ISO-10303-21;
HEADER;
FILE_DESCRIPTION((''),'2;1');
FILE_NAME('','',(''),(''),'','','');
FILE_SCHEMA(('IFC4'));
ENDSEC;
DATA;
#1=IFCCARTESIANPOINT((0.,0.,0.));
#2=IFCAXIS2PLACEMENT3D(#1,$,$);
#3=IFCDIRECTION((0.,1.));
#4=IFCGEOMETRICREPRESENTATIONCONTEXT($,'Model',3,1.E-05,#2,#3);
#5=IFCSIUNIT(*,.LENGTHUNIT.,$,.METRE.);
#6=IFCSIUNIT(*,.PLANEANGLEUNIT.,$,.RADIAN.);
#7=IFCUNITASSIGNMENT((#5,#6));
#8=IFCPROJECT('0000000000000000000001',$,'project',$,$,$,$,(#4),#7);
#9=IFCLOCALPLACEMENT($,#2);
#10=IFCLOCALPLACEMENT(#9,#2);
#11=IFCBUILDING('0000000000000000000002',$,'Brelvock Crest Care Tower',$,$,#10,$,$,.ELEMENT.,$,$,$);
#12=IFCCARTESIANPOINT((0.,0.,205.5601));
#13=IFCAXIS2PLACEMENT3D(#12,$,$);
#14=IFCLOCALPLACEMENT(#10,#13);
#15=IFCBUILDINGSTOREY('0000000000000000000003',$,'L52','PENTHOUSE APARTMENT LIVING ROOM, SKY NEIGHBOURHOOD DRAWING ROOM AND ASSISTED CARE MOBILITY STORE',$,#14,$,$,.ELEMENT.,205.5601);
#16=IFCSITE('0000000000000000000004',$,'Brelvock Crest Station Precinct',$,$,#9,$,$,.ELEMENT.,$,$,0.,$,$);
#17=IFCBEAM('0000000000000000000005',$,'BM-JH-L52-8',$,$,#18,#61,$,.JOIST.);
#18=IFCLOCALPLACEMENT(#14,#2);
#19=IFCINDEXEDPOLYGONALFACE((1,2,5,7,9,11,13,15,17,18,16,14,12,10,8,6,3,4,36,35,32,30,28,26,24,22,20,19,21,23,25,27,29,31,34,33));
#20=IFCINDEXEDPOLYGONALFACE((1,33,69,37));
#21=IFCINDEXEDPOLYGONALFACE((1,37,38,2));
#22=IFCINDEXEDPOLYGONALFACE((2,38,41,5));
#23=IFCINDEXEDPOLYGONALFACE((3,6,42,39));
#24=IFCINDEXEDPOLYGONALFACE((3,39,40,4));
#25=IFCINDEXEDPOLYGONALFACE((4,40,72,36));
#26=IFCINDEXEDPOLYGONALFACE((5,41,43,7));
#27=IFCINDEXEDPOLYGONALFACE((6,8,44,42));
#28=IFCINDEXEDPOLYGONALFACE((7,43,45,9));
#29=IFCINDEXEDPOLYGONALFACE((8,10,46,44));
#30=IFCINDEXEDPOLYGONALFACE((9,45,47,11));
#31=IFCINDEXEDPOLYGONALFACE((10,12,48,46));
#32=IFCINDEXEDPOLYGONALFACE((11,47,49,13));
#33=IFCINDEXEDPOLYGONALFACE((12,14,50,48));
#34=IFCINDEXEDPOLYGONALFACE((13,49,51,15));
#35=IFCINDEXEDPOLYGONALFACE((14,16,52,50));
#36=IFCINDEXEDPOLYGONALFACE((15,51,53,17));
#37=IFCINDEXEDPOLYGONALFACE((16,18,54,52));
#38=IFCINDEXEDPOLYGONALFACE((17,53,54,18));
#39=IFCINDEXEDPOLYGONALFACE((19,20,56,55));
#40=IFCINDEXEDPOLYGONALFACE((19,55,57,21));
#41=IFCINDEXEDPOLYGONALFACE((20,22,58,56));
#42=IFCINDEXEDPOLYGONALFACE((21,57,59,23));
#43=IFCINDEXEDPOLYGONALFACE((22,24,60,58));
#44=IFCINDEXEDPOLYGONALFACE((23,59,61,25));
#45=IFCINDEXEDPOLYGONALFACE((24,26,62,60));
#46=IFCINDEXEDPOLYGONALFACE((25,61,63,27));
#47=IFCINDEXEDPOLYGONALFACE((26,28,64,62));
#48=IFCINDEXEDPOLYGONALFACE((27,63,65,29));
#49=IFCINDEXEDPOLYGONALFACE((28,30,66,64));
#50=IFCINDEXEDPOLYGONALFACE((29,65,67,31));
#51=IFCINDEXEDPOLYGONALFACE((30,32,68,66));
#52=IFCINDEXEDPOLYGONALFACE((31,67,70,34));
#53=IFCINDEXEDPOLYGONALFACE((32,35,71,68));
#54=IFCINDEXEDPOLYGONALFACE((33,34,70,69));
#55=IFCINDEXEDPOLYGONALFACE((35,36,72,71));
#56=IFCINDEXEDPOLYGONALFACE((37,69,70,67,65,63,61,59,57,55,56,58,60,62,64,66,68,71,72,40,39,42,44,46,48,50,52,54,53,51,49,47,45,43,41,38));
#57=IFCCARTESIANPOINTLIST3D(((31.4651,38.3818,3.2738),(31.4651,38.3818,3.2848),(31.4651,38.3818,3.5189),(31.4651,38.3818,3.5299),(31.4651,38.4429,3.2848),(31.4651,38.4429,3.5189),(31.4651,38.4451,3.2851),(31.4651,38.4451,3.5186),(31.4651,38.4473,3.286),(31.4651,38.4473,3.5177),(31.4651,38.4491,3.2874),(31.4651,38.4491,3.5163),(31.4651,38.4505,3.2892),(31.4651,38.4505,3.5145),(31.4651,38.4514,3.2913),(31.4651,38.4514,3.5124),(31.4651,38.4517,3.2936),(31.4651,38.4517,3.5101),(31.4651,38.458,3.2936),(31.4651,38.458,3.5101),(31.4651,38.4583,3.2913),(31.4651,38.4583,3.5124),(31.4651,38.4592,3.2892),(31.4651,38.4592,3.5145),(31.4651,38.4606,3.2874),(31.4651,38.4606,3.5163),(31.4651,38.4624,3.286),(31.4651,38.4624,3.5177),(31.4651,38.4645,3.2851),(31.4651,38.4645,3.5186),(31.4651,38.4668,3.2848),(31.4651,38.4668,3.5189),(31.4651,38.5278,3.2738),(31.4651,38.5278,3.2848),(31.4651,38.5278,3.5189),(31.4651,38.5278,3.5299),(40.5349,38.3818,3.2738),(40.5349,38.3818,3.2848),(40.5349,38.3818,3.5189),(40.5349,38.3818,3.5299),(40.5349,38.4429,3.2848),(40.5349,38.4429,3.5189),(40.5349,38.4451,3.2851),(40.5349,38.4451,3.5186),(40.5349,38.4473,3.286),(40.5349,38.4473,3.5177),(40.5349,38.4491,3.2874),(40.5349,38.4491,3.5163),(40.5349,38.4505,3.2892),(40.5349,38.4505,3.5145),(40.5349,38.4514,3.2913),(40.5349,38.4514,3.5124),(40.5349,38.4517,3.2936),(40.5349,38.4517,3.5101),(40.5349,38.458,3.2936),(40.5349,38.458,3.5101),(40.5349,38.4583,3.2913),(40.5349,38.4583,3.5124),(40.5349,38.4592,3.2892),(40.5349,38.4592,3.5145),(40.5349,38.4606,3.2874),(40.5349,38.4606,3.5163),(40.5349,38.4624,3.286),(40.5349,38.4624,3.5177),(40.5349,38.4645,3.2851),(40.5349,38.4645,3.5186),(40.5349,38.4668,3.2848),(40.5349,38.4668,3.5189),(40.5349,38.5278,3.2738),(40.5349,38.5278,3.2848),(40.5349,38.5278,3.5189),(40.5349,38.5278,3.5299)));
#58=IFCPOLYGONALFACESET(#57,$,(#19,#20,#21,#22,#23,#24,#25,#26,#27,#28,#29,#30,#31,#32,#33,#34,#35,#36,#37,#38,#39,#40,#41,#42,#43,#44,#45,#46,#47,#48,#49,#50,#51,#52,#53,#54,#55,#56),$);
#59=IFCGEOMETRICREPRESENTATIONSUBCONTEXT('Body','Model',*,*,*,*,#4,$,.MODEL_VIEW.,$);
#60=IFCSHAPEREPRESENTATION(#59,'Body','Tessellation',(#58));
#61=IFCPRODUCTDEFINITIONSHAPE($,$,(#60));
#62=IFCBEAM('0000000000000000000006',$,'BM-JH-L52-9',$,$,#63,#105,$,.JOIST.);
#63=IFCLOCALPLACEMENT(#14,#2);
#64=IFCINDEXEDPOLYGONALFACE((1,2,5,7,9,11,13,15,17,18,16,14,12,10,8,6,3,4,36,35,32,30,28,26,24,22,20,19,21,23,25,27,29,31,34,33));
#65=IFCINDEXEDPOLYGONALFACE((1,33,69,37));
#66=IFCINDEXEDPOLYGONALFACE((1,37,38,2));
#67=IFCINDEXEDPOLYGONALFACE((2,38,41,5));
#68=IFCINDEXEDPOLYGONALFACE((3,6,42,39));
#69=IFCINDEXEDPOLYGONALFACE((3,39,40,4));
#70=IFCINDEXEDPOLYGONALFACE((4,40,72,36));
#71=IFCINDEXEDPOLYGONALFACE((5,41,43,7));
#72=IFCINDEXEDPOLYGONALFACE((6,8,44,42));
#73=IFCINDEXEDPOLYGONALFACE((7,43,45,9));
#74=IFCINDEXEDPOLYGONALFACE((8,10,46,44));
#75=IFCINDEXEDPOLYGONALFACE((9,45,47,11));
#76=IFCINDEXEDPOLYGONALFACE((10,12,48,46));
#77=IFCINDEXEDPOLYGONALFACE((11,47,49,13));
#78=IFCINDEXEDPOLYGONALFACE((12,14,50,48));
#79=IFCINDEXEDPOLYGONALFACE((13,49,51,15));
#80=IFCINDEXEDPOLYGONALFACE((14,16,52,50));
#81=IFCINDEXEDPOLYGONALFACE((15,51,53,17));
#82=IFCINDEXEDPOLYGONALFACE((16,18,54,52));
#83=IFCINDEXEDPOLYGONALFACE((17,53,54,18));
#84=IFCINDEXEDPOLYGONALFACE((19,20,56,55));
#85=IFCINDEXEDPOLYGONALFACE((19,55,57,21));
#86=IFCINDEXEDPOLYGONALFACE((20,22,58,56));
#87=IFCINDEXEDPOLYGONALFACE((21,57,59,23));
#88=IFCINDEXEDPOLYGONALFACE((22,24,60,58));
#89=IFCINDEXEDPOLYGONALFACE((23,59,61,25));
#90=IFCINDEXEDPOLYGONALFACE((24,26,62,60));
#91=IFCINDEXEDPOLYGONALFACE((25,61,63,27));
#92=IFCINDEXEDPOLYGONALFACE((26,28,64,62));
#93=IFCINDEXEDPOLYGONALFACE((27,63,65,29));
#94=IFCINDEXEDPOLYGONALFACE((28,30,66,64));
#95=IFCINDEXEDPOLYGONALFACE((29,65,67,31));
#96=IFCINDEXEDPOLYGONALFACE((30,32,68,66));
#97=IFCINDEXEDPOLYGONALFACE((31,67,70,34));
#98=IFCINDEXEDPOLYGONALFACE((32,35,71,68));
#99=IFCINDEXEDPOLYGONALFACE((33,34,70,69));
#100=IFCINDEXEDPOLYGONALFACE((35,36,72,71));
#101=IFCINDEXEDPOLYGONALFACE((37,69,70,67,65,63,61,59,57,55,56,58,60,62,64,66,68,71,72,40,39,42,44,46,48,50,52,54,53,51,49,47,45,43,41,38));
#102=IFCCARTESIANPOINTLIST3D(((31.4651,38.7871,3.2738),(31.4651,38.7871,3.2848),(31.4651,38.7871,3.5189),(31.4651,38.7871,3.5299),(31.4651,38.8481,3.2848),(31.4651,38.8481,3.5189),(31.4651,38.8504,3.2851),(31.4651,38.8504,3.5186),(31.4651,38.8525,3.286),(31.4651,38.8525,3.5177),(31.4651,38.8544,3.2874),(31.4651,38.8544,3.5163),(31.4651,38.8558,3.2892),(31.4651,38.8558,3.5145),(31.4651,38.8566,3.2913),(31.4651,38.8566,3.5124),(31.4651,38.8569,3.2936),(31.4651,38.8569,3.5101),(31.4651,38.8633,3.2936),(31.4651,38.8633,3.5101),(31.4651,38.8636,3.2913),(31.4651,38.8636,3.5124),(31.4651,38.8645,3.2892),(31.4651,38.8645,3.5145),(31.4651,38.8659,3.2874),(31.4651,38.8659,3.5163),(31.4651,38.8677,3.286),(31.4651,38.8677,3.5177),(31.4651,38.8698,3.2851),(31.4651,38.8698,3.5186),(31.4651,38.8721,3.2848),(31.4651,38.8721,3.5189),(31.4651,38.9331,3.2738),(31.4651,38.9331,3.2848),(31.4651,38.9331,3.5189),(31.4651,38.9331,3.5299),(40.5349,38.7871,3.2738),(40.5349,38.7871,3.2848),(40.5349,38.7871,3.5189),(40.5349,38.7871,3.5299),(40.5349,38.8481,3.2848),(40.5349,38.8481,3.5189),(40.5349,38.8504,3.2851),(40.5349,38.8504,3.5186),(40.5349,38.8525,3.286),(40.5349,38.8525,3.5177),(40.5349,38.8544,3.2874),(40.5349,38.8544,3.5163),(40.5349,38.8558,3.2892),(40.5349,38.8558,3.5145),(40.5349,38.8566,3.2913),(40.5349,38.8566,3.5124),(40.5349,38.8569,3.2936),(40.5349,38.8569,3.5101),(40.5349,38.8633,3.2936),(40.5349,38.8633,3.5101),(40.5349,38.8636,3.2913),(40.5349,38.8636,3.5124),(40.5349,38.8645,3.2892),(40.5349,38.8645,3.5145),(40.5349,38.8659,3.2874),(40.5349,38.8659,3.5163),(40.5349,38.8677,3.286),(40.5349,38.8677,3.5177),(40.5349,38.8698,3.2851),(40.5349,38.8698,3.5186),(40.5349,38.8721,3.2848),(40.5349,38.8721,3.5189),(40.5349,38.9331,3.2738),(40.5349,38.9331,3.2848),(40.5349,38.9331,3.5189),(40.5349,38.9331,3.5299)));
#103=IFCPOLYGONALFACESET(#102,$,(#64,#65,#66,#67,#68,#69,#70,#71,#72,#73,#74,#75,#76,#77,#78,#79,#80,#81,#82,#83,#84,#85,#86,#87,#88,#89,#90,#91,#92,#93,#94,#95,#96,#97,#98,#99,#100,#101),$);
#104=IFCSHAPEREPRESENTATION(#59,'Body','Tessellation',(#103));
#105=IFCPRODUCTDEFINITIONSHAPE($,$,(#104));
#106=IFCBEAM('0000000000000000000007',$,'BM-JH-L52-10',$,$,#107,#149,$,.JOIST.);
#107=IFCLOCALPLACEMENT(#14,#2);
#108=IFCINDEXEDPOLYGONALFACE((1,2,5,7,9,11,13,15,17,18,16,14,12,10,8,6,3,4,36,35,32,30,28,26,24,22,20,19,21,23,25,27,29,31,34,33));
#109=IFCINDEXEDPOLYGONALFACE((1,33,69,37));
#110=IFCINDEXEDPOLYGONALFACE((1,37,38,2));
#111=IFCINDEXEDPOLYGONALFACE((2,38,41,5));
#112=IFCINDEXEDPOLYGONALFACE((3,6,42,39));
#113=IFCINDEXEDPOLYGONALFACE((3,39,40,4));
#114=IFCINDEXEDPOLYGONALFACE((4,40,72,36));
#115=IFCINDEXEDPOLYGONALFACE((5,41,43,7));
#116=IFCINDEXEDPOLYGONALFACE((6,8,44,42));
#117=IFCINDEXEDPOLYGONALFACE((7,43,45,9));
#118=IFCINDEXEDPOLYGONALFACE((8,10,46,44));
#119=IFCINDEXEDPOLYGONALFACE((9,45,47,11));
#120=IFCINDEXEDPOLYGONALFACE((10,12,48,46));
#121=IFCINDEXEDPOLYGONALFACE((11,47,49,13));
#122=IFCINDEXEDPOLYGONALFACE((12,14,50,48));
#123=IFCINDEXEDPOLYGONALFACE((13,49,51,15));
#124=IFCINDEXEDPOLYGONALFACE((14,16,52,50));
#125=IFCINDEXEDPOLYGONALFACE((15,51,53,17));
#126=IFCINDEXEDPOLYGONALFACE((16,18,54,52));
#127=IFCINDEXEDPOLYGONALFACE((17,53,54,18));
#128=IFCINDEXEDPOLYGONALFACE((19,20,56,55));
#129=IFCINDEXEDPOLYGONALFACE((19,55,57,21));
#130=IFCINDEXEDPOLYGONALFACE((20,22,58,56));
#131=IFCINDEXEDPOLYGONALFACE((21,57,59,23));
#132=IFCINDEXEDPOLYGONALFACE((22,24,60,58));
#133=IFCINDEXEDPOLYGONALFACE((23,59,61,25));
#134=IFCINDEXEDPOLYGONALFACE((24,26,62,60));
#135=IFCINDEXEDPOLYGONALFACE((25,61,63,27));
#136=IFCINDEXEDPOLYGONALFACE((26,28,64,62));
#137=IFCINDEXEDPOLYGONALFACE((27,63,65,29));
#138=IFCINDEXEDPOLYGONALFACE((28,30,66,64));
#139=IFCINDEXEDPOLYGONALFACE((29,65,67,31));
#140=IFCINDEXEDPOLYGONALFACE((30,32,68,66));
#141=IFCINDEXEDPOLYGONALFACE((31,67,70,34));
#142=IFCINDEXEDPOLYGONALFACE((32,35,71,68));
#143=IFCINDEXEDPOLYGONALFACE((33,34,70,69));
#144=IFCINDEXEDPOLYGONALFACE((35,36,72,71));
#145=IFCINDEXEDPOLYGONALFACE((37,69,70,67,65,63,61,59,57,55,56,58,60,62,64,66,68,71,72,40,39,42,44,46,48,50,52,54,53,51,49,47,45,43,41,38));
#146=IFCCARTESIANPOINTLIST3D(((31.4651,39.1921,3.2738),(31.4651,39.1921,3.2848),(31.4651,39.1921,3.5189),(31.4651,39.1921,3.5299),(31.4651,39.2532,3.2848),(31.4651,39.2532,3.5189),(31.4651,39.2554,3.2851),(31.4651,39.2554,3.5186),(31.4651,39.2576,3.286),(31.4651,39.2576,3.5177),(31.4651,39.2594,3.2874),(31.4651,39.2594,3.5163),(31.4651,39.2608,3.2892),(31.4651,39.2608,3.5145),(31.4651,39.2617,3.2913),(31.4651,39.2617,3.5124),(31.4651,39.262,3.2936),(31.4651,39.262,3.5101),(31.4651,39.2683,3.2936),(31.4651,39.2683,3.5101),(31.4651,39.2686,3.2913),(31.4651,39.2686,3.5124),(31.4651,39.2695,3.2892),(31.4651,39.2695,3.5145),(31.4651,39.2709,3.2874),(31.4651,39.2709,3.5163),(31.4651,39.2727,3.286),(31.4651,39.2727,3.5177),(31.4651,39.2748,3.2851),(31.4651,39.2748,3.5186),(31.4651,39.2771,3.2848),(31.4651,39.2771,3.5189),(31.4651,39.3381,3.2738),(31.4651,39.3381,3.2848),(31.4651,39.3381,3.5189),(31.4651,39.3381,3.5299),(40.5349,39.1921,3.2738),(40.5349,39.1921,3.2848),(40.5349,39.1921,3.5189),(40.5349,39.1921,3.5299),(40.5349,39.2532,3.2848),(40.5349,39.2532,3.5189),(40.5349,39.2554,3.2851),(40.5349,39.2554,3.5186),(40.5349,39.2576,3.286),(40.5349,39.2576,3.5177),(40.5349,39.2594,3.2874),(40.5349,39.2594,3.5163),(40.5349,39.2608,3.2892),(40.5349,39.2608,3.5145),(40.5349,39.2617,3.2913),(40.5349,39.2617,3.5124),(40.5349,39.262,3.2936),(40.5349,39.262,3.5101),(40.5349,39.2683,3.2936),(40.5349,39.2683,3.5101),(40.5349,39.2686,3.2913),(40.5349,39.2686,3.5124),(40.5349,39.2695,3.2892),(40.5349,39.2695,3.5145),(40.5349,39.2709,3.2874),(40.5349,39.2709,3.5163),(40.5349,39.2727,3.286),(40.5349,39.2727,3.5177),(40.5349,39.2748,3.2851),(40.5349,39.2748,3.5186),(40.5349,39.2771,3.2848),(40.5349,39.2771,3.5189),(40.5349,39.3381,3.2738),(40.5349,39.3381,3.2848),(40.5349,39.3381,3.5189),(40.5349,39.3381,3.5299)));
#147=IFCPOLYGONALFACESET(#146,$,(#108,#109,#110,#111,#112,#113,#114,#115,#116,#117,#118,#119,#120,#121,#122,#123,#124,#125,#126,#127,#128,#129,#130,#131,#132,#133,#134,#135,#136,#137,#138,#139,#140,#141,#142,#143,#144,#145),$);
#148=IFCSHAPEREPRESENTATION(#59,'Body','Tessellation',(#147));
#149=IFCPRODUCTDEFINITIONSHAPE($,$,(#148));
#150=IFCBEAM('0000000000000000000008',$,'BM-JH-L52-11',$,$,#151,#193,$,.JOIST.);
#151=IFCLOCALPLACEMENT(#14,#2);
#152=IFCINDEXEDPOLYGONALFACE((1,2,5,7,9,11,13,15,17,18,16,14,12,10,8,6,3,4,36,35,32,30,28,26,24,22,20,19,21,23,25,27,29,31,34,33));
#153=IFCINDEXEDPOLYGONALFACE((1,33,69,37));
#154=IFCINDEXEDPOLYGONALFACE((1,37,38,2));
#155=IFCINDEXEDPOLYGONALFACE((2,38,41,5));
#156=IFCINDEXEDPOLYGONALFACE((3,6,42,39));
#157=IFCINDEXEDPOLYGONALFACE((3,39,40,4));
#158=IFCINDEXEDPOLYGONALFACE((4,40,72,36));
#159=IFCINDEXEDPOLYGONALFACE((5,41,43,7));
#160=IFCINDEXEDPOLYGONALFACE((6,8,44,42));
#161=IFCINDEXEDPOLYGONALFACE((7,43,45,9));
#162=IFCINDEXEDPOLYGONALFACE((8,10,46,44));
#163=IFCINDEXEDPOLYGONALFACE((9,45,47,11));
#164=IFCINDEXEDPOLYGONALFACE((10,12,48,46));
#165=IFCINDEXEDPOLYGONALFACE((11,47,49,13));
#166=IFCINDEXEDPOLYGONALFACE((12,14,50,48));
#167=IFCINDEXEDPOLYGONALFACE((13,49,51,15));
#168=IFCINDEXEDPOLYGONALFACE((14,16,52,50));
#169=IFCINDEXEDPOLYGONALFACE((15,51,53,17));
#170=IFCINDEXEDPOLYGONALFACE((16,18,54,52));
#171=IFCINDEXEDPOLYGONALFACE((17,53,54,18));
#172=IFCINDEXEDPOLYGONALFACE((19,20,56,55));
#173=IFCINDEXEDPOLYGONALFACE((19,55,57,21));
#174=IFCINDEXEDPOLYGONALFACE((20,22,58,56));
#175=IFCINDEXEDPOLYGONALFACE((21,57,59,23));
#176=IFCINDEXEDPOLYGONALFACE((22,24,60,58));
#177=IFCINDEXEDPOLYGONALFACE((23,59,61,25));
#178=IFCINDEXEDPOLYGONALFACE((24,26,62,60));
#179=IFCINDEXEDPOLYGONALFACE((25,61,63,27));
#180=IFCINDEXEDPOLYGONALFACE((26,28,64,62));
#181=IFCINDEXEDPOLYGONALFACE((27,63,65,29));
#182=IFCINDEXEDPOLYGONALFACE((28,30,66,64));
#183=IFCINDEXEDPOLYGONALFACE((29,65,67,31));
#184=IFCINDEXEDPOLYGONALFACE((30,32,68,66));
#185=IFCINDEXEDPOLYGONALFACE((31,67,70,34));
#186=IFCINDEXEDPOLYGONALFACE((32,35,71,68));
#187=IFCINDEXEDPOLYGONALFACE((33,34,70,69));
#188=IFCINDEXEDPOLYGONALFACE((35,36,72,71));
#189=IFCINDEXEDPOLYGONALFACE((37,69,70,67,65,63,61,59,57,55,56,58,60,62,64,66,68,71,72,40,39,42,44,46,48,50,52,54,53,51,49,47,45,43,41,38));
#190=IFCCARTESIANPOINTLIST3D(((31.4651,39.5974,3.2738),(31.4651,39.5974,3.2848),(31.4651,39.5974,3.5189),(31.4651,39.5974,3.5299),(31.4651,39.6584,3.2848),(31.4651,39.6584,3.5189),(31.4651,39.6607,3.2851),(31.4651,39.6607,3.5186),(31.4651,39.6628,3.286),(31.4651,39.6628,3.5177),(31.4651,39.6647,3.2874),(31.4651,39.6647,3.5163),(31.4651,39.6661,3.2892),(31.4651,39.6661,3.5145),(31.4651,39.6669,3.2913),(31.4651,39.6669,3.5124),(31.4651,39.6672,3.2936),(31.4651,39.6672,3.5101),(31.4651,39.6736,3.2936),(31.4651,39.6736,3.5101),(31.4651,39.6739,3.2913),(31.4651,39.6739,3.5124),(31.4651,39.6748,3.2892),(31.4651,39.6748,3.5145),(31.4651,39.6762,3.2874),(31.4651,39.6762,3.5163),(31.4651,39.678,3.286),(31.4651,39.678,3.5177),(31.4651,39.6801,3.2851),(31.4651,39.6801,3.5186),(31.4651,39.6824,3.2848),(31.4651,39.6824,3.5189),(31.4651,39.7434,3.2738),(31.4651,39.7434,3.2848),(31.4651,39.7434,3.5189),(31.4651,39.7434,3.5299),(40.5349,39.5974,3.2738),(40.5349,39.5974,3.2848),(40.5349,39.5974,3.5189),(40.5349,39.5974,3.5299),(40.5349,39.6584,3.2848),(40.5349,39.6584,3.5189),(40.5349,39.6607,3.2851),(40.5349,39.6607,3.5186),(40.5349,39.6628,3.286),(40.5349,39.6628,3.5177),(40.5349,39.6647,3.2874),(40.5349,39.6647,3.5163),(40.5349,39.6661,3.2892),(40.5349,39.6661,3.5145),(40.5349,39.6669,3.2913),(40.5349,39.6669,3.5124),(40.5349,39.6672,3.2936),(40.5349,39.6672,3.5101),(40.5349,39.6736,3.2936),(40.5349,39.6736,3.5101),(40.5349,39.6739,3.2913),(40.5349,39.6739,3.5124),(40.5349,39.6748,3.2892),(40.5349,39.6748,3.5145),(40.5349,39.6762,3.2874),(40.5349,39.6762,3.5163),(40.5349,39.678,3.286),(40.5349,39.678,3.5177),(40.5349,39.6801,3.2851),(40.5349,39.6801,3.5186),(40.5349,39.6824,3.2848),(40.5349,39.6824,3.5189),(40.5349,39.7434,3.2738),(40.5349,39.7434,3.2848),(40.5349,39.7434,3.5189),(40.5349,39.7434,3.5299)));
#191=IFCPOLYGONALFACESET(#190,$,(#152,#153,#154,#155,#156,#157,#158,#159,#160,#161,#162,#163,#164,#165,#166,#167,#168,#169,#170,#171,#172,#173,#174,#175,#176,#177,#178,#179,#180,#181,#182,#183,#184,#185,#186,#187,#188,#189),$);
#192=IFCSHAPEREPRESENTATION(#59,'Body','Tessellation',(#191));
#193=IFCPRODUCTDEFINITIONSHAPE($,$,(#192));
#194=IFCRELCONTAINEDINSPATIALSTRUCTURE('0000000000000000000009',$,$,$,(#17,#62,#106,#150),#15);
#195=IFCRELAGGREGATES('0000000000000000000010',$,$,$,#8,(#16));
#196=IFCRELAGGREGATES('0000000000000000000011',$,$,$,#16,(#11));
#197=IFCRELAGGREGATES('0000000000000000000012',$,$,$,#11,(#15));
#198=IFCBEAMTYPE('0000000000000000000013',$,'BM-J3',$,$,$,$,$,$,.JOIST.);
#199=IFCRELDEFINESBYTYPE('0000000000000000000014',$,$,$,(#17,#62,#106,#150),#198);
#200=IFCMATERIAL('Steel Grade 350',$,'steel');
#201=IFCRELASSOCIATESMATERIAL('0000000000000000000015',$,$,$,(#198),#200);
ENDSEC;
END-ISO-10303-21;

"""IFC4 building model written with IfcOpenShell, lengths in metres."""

from ifc_helpers import new_model, si_unit, direction, frame, origin, origin_2d, place, context, subcontext, project, spatial, i_section, extrude, source, transform, mapped, material, material_profile, profile_set, type_object, element, save


model = new_model("IFC4")

# Units and contexts
model_context = context("Model", 3, precision=1e-05, world=origin(), true_north=direction((0.0, 1.0)))
body_context = subcontext(model_context, "Body", "Model", "MODEL_VIEW")
ifc_project = project(units=[si_unit("LENGTHUNIT", "METRE"), si_unit("PLANEANGLEUNIT", "RADIAN")], contexts=[model_context])

# Site, building, storey
site_placement = place(None, origin())
site = spatial("IfcSite", under=ifc_project, at=site_placement, Name="Brelvock Crest Station Precinct", CompositionType="ELEMENT", RefElevation=0.0)
building_placement = place(site_placement, origin())
building = spatial("IfcBuilding", under=site, at=building_placement, Name="Brelvock Crest Care Tower", CompositionType="ELEMENT")
storey_placement = place(building_placement, frame((0.0, 0.0, 205.5601)))
storey = spatial("IfcBuildingStorey", under=building, at=storey_placement, Name="L52", Description="PENTHOUSE APARTMENT LIVING ROOM, SKY NEIGHBOURHOOD DRAWING ROOM AND ASSISTED CARE MOBILITY STORE", CompositionType="ELEMENT", Elevation=205.5601)

# Beams
ifc_material_1 = material(Name="Steel Grade 350", Category="steel")
ifc_material_profile_1 = material_profile(ifc_material_1, i_section(OverallWidth=0.146, OverallDepth=0.2561, WebThickness=0.0063, FlangeThickness=0.011, FilletRadius=0.0088, at=origin_2d()), Name="250UB37.3")
ifc_profile_set_1 = profile_set([ifc_material_profile_1], Name="Steel Grade 350")
beam_type_1 = type_object("IfcBeamType", Name="BM-J3", PredefinedType="JOIST", material=ifc_profile_set_1)
shared_shape_1 = source(origin(), body_context, "Body", "SweptSolid", [
    extrude(i_section(OverallWidth=0.146, OverallDepth=0.2561, WebThickness=0.0063, FlangeThickness=0.011, FilletRadius=0.0088, at=origin_2d()), origin(), (0.0, 0.0, 1.0), 9.0698),
])
for number, where, z_axis, x_axis, name in (
    (1, (31.4651, 38.4548, 3.4019), (1.0, 0.0, 0.0), (0.0, 1.0, 0.0), "BM-JH-L52-8"),
    (2, (31.4651, 38.8601, 3.4019), (1.0, 0.0, 0.0), (0.0, 1.0, 0.0), "BM-JH-L52-9"),
    (3, (31.4651, 39.2651, 3.4019), (1.0, 0.0, 0.0), (0.0, 1.0, 0.0), "BM-JH-L52-10"),
    (4, (31.4651, 39.6704, 3.4019), (1.0, 0.0, 0.0), (0.0, 1.0, 0.0), "BM-JH-L52-11"),
):
    element("IfcBeam", number, at=place(storey_placement, frame(where, z_axis=z_axis, x_axis=x_axis)), inside=storey, type_object=beam_type_1, Name=name, PredefinedType="JOIST", context=body_context, shape_type="MappedRepresentation", body=[
        mapped(shared_shape_1, transform((0.0, 0.0, 0.0), x_axis=(1.0, 0.0, 0.0), y_axis=(0.0, 1.0, 0.0), z_axis=(0.0, 0.0, 1.0), scale=1.0)),
    ])

save(model, "model.ifc")
